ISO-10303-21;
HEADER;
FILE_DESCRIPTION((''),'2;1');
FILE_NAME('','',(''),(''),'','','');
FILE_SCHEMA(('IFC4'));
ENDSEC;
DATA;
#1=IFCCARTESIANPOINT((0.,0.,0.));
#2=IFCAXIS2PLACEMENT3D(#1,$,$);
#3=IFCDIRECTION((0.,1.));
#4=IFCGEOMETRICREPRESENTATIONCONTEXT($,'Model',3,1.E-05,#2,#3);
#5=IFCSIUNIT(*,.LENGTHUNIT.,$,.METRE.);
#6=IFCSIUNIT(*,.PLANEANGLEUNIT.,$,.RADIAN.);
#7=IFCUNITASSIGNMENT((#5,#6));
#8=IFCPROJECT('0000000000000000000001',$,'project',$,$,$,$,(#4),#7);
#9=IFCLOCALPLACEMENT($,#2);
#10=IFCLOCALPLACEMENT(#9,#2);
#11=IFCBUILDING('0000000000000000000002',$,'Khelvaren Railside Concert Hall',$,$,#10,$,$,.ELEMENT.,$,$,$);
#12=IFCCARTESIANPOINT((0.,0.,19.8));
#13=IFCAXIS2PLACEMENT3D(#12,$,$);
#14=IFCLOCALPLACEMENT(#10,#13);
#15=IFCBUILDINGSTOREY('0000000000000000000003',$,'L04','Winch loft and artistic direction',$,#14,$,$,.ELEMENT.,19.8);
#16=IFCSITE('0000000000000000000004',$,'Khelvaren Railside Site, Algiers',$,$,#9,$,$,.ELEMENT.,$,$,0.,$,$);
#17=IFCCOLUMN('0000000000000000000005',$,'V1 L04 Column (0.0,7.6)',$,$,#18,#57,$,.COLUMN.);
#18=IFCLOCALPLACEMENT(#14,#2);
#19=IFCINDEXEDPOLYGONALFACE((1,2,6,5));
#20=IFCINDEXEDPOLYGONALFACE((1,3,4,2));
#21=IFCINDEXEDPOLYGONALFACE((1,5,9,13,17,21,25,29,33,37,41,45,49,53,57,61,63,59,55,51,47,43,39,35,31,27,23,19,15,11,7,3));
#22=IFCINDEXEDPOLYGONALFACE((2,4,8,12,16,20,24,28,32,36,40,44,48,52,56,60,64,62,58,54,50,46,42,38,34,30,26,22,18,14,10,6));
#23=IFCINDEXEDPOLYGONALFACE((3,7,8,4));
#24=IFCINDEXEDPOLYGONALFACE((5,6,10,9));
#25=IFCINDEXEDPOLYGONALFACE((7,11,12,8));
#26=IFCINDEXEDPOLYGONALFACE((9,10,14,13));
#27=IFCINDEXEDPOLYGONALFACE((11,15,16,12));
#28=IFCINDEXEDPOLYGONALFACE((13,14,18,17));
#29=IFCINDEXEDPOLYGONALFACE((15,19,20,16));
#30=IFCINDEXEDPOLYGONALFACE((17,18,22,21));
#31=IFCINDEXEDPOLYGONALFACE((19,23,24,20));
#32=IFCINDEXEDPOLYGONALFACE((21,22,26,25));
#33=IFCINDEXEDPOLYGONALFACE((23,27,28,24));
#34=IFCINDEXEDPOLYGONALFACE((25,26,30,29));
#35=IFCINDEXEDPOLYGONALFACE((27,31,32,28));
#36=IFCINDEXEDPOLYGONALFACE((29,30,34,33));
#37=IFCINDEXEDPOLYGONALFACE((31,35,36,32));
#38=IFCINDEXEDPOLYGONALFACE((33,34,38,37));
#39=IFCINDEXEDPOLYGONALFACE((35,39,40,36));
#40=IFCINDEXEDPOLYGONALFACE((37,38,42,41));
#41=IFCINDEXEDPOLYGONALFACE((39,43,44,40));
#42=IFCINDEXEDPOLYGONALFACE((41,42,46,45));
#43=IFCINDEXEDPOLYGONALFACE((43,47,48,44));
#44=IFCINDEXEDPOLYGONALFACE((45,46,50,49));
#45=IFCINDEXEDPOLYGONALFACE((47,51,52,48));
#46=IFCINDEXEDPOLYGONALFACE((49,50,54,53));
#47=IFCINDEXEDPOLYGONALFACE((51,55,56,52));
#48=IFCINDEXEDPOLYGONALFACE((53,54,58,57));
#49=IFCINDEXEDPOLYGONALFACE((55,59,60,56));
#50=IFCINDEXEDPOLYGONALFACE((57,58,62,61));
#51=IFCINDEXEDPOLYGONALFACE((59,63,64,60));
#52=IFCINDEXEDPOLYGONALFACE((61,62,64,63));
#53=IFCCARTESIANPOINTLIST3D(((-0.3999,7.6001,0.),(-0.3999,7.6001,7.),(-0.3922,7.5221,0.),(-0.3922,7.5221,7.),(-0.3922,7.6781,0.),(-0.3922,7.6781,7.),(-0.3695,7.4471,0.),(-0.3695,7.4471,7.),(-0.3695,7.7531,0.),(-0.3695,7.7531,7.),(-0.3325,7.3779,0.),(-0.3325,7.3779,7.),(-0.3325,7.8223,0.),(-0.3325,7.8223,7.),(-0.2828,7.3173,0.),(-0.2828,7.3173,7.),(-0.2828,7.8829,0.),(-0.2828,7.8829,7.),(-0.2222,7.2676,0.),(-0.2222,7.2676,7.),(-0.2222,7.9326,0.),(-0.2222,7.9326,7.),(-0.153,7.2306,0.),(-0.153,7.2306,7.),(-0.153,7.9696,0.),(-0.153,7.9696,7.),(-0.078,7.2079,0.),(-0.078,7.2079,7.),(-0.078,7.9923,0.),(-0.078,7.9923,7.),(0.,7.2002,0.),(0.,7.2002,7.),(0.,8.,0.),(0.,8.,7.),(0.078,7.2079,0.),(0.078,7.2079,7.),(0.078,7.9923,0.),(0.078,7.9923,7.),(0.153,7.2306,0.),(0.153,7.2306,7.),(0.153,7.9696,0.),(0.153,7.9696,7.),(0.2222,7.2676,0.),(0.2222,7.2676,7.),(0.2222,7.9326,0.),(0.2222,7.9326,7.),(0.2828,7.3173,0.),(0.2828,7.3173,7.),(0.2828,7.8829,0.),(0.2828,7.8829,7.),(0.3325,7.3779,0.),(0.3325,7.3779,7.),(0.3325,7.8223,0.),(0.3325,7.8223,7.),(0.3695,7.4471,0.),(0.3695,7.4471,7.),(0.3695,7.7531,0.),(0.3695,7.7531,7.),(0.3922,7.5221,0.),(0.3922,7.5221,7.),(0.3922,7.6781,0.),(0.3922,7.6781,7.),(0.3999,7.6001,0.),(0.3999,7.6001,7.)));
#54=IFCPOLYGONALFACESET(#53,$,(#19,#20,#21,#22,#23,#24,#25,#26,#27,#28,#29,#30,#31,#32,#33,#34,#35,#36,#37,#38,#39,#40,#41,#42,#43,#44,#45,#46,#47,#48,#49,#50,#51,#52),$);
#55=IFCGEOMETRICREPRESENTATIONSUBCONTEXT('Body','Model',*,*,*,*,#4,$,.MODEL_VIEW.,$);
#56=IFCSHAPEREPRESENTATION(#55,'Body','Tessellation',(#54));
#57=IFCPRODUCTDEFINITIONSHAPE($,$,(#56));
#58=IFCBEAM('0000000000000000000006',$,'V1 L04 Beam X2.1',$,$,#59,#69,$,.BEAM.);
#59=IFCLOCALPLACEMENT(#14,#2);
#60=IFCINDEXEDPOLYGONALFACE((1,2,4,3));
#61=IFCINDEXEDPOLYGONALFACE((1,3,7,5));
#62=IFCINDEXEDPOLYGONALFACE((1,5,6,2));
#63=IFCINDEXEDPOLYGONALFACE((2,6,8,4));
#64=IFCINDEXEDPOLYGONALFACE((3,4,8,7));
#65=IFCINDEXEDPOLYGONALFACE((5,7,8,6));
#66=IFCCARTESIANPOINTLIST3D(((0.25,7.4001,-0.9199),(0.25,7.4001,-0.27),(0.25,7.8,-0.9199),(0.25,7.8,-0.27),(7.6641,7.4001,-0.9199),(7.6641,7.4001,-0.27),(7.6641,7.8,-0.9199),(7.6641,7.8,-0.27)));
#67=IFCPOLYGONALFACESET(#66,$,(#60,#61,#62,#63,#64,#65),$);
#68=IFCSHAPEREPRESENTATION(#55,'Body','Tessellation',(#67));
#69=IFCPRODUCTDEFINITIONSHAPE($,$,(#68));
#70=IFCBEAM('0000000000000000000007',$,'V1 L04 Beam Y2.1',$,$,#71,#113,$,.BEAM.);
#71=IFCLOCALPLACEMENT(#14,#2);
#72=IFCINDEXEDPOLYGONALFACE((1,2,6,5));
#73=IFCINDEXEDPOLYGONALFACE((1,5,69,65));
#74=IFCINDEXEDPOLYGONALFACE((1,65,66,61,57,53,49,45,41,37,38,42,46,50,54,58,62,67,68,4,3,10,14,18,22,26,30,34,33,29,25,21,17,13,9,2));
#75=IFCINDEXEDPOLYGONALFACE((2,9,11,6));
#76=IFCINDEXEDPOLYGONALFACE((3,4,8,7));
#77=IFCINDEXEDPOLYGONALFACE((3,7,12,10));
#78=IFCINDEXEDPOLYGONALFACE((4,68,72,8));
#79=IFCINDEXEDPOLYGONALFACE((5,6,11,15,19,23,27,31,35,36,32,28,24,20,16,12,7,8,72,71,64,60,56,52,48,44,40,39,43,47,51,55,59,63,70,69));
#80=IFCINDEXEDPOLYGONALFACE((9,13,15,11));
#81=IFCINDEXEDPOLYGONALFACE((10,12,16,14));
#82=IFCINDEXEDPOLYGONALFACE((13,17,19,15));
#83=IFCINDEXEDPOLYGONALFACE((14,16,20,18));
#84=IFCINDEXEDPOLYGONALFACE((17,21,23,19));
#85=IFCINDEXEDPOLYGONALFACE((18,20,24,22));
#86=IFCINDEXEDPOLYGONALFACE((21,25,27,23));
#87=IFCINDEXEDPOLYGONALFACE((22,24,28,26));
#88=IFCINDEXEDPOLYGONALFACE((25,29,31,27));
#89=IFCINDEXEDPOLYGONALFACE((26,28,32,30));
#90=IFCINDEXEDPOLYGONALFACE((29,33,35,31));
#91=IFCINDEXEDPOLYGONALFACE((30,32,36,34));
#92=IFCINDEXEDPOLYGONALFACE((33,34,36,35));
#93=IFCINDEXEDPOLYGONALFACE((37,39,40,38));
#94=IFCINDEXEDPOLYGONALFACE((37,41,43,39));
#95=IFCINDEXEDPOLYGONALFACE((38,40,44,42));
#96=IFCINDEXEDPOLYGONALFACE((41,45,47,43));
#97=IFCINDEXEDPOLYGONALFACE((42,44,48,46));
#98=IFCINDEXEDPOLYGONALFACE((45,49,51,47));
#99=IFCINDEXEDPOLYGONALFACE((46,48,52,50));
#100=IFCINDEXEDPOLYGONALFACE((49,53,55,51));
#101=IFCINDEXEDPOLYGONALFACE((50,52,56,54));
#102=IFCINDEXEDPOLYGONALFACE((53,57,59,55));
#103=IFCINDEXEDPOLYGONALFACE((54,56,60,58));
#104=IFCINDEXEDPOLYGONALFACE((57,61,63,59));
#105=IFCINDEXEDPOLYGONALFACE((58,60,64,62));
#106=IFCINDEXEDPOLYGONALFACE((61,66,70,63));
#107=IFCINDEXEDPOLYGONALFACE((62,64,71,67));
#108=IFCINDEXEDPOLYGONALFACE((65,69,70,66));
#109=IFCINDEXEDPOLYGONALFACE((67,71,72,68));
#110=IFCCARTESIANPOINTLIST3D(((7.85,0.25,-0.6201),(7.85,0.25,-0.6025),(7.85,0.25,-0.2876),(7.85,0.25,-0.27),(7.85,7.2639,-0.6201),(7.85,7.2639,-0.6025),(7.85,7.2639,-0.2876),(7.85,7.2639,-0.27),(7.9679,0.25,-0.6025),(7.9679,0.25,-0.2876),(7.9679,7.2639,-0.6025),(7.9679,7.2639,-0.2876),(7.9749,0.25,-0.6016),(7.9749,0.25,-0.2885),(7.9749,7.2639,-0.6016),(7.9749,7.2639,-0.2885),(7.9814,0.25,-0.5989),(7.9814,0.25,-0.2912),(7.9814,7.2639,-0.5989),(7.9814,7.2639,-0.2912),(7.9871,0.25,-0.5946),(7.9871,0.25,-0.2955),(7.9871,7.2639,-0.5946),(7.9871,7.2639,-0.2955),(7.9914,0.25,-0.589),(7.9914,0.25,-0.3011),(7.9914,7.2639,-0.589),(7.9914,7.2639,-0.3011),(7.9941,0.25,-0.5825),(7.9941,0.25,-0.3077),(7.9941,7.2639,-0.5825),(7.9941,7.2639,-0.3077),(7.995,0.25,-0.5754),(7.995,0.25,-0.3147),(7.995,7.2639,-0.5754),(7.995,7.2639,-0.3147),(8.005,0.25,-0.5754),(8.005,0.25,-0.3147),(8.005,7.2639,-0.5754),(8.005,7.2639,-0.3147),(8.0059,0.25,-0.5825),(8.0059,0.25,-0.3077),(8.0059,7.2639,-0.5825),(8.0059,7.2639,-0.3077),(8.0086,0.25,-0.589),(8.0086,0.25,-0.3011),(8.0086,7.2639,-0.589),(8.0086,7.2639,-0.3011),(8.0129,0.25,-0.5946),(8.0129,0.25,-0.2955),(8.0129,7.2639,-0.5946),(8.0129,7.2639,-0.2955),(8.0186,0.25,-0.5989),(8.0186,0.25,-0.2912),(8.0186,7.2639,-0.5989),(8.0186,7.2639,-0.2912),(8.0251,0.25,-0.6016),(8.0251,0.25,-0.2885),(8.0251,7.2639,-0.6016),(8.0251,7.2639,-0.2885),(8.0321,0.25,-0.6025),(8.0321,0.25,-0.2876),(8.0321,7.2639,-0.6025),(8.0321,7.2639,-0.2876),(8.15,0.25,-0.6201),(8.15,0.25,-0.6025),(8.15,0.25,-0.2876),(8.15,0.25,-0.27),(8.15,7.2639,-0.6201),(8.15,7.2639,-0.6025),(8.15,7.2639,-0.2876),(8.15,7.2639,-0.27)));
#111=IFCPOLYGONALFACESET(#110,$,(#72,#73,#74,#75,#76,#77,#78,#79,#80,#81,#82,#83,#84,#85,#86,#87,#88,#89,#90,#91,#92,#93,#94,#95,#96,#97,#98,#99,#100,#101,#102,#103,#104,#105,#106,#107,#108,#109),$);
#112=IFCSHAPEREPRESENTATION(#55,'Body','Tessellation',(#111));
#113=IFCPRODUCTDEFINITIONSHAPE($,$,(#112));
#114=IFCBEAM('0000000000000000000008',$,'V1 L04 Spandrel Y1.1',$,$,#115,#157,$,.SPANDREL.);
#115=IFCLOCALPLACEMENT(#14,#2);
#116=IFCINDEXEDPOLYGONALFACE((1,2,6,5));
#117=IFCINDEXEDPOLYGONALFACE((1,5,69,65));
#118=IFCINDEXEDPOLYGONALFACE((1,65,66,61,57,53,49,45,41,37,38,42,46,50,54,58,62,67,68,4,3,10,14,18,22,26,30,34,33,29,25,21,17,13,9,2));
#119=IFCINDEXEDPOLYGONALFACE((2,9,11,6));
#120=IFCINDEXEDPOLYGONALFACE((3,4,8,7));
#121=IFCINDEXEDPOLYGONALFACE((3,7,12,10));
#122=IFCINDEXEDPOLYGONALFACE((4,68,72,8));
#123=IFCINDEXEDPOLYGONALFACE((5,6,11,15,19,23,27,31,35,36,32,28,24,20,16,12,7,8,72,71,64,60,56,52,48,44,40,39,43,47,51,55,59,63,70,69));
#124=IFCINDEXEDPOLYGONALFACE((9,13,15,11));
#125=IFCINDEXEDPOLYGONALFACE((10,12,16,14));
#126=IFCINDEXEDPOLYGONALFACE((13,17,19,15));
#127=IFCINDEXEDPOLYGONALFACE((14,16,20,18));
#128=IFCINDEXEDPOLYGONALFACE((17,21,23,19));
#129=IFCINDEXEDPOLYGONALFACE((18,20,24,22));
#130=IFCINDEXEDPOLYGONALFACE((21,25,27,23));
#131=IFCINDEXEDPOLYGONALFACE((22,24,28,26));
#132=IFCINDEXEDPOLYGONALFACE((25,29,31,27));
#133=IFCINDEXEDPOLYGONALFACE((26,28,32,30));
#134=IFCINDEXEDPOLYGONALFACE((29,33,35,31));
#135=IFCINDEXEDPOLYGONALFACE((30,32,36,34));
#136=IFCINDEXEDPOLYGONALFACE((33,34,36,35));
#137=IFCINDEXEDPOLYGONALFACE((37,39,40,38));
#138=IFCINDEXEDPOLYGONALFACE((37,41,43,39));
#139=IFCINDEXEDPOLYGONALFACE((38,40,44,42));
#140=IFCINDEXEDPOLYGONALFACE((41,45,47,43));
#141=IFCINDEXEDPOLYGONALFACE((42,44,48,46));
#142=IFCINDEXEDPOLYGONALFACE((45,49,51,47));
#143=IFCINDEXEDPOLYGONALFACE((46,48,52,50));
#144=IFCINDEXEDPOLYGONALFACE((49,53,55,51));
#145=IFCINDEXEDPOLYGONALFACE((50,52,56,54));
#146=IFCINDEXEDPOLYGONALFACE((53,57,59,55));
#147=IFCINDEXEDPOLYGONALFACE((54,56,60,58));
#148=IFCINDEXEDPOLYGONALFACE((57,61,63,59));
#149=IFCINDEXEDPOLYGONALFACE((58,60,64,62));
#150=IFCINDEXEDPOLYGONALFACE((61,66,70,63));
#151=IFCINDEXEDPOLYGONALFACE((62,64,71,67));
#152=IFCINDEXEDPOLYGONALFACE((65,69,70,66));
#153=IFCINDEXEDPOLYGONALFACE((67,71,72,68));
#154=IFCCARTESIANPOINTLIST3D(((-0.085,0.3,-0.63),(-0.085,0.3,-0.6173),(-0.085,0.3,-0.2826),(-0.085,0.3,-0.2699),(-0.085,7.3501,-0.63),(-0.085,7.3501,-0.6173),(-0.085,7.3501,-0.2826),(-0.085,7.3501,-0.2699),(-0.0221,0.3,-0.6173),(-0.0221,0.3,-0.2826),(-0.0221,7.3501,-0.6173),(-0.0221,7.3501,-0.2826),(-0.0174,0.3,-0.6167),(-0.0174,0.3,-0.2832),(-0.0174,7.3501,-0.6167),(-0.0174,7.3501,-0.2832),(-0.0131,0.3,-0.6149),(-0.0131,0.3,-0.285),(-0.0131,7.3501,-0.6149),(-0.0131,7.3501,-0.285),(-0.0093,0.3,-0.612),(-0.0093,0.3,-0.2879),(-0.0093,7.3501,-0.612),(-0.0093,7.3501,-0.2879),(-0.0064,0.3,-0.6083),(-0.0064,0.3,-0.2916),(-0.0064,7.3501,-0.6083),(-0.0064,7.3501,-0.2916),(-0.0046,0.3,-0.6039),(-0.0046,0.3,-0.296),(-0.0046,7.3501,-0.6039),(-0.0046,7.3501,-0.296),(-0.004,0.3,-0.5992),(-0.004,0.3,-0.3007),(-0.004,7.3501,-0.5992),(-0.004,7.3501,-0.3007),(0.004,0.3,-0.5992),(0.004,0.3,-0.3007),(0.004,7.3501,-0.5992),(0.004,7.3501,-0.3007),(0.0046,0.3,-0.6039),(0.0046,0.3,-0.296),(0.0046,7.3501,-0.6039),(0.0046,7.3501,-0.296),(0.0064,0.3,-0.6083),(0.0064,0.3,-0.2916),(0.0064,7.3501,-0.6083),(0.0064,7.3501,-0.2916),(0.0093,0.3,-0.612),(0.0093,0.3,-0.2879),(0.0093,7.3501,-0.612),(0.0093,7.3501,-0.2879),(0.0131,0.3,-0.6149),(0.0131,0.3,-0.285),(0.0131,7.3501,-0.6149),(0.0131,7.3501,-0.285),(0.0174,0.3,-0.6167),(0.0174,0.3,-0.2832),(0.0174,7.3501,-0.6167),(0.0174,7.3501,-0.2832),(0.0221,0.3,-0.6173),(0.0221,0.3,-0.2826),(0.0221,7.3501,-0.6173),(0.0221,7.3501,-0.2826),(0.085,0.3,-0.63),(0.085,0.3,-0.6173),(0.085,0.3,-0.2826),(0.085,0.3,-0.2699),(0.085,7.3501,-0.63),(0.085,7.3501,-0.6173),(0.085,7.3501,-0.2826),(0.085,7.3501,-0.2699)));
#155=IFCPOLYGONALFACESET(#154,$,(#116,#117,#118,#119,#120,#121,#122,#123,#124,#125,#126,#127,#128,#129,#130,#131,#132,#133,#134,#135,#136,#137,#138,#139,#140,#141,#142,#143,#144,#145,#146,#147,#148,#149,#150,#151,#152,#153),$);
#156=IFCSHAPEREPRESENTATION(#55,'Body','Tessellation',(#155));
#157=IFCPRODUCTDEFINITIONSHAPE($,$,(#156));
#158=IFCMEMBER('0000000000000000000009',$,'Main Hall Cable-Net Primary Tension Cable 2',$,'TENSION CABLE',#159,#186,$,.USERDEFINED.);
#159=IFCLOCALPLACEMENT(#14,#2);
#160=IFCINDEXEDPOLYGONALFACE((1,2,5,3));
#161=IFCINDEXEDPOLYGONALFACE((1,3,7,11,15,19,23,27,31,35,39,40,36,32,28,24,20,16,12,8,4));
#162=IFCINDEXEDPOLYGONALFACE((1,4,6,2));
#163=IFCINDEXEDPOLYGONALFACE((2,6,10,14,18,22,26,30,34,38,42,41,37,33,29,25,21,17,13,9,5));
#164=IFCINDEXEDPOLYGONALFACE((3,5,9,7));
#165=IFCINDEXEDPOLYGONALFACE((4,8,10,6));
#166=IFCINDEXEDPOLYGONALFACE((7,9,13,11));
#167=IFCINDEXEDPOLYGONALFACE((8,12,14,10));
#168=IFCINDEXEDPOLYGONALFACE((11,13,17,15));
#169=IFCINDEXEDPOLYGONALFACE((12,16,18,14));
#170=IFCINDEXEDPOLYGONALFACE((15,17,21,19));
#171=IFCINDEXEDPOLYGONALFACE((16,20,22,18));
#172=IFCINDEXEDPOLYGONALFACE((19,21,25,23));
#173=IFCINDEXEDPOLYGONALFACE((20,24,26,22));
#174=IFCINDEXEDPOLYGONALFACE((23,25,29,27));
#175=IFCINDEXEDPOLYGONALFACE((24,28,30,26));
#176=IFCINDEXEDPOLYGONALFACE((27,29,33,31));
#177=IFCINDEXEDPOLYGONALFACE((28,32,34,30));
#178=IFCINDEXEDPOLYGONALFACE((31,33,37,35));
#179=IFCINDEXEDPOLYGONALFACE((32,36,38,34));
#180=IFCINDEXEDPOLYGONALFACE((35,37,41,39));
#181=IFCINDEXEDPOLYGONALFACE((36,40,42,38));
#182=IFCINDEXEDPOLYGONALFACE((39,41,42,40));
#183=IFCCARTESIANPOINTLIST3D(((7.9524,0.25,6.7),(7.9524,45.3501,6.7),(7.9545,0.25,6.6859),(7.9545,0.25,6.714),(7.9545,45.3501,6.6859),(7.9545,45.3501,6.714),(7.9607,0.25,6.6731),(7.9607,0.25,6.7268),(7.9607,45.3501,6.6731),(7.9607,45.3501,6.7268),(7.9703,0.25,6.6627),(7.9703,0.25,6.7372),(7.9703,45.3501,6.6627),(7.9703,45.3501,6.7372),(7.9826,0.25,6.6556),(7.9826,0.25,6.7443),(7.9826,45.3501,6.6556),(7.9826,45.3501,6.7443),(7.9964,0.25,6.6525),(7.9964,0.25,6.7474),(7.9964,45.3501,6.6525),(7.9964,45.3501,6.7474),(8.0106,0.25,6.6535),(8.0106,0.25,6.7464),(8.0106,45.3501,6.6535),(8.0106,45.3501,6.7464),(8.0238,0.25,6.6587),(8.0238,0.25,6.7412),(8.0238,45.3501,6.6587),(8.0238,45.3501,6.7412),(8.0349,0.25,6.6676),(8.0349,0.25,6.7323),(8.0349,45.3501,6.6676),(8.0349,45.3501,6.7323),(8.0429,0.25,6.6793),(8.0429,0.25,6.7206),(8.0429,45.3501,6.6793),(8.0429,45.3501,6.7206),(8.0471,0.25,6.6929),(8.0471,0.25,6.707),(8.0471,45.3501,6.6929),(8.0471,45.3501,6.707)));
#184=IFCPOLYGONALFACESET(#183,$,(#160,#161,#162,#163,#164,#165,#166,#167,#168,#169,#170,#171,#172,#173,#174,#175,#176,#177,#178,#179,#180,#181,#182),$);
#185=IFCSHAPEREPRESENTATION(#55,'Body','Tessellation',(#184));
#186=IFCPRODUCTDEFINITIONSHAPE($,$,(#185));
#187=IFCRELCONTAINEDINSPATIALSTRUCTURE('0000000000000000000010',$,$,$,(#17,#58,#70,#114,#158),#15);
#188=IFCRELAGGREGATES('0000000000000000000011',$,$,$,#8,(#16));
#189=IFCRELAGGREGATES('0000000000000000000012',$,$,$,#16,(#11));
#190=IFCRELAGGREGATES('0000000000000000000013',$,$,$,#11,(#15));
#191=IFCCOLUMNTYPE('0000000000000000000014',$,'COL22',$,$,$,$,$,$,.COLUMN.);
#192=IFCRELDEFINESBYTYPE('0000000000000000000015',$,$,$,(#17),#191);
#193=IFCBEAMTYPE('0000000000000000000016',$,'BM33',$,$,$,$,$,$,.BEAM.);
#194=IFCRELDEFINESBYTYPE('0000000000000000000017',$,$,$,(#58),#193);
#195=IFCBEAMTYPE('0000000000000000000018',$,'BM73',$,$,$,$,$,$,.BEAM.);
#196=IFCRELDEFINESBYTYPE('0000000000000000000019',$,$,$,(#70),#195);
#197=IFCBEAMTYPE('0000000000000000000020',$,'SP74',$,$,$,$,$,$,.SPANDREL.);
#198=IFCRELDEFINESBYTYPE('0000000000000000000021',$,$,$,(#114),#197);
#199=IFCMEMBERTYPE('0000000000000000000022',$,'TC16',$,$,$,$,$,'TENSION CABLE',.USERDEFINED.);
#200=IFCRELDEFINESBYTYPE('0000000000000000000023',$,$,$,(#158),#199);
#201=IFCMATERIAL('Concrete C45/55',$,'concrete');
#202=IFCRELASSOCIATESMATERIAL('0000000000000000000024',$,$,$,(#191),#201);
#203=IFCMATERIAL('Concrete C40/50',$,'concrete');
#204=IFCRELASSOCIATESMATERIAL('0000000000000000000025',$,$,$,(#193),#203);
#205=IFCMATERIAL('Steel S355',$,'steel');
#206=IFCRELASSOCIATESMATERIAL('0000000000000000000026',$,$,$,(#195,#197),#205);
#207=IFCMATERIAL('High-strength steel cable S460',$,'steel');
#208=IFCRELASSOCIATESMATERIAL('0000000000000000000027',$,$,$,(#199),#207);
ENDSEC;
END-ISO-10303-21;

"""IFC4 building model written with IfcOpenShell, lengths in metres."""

from ifc_helpers import new_model, si_unit, direction, frame, origin, origin_2d, place, context, subcontext, project, spatial, rectangle, circle, i_section, extrude, material, material_profile, profile_set, type_object, element, save


model = new_model("IFC4")

# Units and contexts
model_context = context("Model", 3, precision=1e-05, world=origin(), true_north=direction((0.0, 1.0)))
body_context = subcontext(model_context, "Body", "Model", "MODEL_VIEW")
ifc_project = project(units=[si_unit("LENGTHUNIT", "METRE"), si_unit("PLANEANGLEUNIT", "RADIAN")], contexts=[model_context])

# Site, building, storey
site_placement = place(None, origin())
site = spatial("IfcSite", under=ifc_project, at=site_placement, Name="Khelvaren Railside Site, Algiers", CompositionType="ELEMENT", RefElevation=0.0)
building_placement = place(site_placement, origin())
building = spatial("IfcBuilding", under=site, at=building_placement, Name="Khelvaren Railside Concert Hall", CompositionType="ELEMENT")
storey_placement = place(building_placement, frame((0.0, 0.0, 19.8)))
storey = spatial("IfcBuildingStorey", under=building, at=storey_placement, Name="L04", Description="Winch loft and artistic direction", CompositionType="ELEMENT", Elevation=19.8)

# Column
ifc_material_1 = material(Name="Concrete C45/55", Category="concrete")
ifc_material_profile_1 = material_profile(ifc_material_1, circle(Radius=0.3999, at=origin_2d()), Name="RC D800")
ifc_profile_set_1 = profile_set([ifc_material_profile_1], Name="Concrete C45/55")
column_type = type_object("IfcColumnType", Name="COL22", PredefinedType="COLUMN", material=ifc_profile_set_1)
column_placement = place(storey_placement, frame((0.0, 7.6001, 0.0), z_axis=(0.0, 0.0, 1.0), x_axis=(1.0, 0.0, 0.0)))
element("IfcColumn", 1, at=column_placement, inside=storey, type_object=column_type, Name="V1 L04 Column (0.0,7.6)", PredefinedType="COLUMN", context=body_context, shape_type="SweptSolid", body=[
    extrude(circle(Radius=0.3999, at=origin_2d()), origin(), (0.0, 0.0, 1.0), 7.0),
])

# Beams
ifc_material_2 = material(Name="Concrete C40/50", Category="concrete")
ifc_material_profile_2 = material_profile(ifc_material_2, rectangle(XDim=0.3999, YDim=0.6499, at=origin_2d()), Name="RCB 400x650")
ifc_profile_set_2 = profile_set([ifc_material_profile_2], Name="Concrete C40/50")
beam_type_1 = type_object("IfcBeamType", Name="BM33", PredefinedType="BEAM", material=ifc_profile_set_2)
beam_1_placement = place(storey_placement, frame((0.25, 7.6001, -0.595), z_axis=(1.0, 0.0, 0.0), x_axis=(0.0, 1.0, 0.0)))
element("IfcBeam", 2, at=beam_1_placement, inside=storey, type_object=beam_type_1, Name="V1 L04 Beam X2.1", PredefinedType="BEAM", context=body_context, shape_type="SweptSolid", body=[
    extrude(rectangle(XDim=0.3999, YDim=0.6499, at=origin_2d()), origin(), (0.0, 0.0, 1.0), 7.4141),
])
ifc_material_3 = material(Name="Steel S355", Category="steel")
ifc_material_profile_3 = material_profile(ifc_material_3, i_section(OverallWidth=0.3, OverallDepth=0.3501, WebThickness=0.01, FlangeThickness=0.0176, FilletRadius=0.0271, at=origin_2d()), Name="HEA 360")
ifc_profile_set_3 = profile_set([ifc_material_profile_3], Name="Steel S355")
beam_type_2 = type_object("IfcBeamType", Name="BM73", PredefinedType="BEAM", material=ifc_profile_set_3)
beam_2_placement = place(storey_placement, frame((8.0, 0.25, -0.4451), z_axis=(0.0, 1.0, 0.0), x_axis=(-1.0, 0.0, 0.0)))
element("IfcBeam", 3, at=beam_2_placement, inside=storey, type_object=beam_type_2, Name="V1 L04 Beam Y2.1", PredefinedType="BEAM", context=body_context, shape_type="SweptSolid", body=[
    extrude(i_section(OverallWidth=0.3, OverallDepth=0.3501, WebThickness=0.01, FlangeThickness=0.0176, FilletRadius=0.0271, at=origin_2d()), origin(), (0.0, 0.0, 1.0), 7.0139),
])
ifc_material_profile_4 = material_profile(ifc_material_3, i_section(OverallWidth=0.1699, OverallDepth=0.3601, WebThickness=0.0081, FlangeThickness=0.0127, FilletRadius=0.0181, at=origin_2d()), Name="IPE 360")
ifc_profile_set_4 = profile_set([ifc_material_profile_4], Name="Steel S355")
beam_type_3 = type_object("IfcBeamType", Name="SP74", PredefinedType="SPANDREL", material=ifc_profile_set_4)
beam_3_placement = place(storey_placement, frame((0.0, 0.3, -0.45), z_axis=(0.0, 1.0, 0.0), x_axis=(-1.0, 0.0, 0.0)))
element("IfcBeam", 4, at=beam_3_placement, inside=storey, type_object=beam_type_3, Name="V1 L04 Spandrel Y1.1", PredefinedType="SPANDREL", context=body_context, shape_type="SweptSolid", body=[
    extrude(i_section(OverallWidth=0.1699, OverallDepth=0.3601, WebThickness=0.0081, FlangeThickness=0.0127, FilletRadius=0.0181, at=origin_2d()), origin(), (0.0, 0.0, 1.0), 7.05),
])

# Member
ifc_material_4 = material(Name="High-strength steel cable S460", Category="steel")
ifc_material_profile_5 = material_profile(ifc_material_4, circle(Radius=0.0476, at=origin_2d()), Name="LCB D95")
ifc_profile_set_5 = profile_set([ifc_material_profile_5], Name="High-strength steel cable S460")
member_type_1 = type_object("IfcMemberType", Name="TC16", ElementType="TENSION CABLE", PredefinedType="USERDEFINED", material=ifc_profile_set_5)
member_1_placement = place(storey_placement, frame((8.0, 0.25, 6.7), z_axis=(0.0, 1.0, 0.0), x_axis=(-1.0, 0.0, 0.0)))
element("IfcMember", 5, at=member_1_placement, inside=storey, type_object=member_type_1, Name="Main Hall Cable-Net Primary Tension Cable 2", ObjectType="TENSION CABLE", PredefinedType="USERDEFINED", context=body_context, shape_type="SweptSolid", body=[
    extrude(circle(Radius=0.0476, at=origin_2d()), origin(), (0.0, 0.0, 1.0), 45.1001),
])

save(model, "model.ifc")
